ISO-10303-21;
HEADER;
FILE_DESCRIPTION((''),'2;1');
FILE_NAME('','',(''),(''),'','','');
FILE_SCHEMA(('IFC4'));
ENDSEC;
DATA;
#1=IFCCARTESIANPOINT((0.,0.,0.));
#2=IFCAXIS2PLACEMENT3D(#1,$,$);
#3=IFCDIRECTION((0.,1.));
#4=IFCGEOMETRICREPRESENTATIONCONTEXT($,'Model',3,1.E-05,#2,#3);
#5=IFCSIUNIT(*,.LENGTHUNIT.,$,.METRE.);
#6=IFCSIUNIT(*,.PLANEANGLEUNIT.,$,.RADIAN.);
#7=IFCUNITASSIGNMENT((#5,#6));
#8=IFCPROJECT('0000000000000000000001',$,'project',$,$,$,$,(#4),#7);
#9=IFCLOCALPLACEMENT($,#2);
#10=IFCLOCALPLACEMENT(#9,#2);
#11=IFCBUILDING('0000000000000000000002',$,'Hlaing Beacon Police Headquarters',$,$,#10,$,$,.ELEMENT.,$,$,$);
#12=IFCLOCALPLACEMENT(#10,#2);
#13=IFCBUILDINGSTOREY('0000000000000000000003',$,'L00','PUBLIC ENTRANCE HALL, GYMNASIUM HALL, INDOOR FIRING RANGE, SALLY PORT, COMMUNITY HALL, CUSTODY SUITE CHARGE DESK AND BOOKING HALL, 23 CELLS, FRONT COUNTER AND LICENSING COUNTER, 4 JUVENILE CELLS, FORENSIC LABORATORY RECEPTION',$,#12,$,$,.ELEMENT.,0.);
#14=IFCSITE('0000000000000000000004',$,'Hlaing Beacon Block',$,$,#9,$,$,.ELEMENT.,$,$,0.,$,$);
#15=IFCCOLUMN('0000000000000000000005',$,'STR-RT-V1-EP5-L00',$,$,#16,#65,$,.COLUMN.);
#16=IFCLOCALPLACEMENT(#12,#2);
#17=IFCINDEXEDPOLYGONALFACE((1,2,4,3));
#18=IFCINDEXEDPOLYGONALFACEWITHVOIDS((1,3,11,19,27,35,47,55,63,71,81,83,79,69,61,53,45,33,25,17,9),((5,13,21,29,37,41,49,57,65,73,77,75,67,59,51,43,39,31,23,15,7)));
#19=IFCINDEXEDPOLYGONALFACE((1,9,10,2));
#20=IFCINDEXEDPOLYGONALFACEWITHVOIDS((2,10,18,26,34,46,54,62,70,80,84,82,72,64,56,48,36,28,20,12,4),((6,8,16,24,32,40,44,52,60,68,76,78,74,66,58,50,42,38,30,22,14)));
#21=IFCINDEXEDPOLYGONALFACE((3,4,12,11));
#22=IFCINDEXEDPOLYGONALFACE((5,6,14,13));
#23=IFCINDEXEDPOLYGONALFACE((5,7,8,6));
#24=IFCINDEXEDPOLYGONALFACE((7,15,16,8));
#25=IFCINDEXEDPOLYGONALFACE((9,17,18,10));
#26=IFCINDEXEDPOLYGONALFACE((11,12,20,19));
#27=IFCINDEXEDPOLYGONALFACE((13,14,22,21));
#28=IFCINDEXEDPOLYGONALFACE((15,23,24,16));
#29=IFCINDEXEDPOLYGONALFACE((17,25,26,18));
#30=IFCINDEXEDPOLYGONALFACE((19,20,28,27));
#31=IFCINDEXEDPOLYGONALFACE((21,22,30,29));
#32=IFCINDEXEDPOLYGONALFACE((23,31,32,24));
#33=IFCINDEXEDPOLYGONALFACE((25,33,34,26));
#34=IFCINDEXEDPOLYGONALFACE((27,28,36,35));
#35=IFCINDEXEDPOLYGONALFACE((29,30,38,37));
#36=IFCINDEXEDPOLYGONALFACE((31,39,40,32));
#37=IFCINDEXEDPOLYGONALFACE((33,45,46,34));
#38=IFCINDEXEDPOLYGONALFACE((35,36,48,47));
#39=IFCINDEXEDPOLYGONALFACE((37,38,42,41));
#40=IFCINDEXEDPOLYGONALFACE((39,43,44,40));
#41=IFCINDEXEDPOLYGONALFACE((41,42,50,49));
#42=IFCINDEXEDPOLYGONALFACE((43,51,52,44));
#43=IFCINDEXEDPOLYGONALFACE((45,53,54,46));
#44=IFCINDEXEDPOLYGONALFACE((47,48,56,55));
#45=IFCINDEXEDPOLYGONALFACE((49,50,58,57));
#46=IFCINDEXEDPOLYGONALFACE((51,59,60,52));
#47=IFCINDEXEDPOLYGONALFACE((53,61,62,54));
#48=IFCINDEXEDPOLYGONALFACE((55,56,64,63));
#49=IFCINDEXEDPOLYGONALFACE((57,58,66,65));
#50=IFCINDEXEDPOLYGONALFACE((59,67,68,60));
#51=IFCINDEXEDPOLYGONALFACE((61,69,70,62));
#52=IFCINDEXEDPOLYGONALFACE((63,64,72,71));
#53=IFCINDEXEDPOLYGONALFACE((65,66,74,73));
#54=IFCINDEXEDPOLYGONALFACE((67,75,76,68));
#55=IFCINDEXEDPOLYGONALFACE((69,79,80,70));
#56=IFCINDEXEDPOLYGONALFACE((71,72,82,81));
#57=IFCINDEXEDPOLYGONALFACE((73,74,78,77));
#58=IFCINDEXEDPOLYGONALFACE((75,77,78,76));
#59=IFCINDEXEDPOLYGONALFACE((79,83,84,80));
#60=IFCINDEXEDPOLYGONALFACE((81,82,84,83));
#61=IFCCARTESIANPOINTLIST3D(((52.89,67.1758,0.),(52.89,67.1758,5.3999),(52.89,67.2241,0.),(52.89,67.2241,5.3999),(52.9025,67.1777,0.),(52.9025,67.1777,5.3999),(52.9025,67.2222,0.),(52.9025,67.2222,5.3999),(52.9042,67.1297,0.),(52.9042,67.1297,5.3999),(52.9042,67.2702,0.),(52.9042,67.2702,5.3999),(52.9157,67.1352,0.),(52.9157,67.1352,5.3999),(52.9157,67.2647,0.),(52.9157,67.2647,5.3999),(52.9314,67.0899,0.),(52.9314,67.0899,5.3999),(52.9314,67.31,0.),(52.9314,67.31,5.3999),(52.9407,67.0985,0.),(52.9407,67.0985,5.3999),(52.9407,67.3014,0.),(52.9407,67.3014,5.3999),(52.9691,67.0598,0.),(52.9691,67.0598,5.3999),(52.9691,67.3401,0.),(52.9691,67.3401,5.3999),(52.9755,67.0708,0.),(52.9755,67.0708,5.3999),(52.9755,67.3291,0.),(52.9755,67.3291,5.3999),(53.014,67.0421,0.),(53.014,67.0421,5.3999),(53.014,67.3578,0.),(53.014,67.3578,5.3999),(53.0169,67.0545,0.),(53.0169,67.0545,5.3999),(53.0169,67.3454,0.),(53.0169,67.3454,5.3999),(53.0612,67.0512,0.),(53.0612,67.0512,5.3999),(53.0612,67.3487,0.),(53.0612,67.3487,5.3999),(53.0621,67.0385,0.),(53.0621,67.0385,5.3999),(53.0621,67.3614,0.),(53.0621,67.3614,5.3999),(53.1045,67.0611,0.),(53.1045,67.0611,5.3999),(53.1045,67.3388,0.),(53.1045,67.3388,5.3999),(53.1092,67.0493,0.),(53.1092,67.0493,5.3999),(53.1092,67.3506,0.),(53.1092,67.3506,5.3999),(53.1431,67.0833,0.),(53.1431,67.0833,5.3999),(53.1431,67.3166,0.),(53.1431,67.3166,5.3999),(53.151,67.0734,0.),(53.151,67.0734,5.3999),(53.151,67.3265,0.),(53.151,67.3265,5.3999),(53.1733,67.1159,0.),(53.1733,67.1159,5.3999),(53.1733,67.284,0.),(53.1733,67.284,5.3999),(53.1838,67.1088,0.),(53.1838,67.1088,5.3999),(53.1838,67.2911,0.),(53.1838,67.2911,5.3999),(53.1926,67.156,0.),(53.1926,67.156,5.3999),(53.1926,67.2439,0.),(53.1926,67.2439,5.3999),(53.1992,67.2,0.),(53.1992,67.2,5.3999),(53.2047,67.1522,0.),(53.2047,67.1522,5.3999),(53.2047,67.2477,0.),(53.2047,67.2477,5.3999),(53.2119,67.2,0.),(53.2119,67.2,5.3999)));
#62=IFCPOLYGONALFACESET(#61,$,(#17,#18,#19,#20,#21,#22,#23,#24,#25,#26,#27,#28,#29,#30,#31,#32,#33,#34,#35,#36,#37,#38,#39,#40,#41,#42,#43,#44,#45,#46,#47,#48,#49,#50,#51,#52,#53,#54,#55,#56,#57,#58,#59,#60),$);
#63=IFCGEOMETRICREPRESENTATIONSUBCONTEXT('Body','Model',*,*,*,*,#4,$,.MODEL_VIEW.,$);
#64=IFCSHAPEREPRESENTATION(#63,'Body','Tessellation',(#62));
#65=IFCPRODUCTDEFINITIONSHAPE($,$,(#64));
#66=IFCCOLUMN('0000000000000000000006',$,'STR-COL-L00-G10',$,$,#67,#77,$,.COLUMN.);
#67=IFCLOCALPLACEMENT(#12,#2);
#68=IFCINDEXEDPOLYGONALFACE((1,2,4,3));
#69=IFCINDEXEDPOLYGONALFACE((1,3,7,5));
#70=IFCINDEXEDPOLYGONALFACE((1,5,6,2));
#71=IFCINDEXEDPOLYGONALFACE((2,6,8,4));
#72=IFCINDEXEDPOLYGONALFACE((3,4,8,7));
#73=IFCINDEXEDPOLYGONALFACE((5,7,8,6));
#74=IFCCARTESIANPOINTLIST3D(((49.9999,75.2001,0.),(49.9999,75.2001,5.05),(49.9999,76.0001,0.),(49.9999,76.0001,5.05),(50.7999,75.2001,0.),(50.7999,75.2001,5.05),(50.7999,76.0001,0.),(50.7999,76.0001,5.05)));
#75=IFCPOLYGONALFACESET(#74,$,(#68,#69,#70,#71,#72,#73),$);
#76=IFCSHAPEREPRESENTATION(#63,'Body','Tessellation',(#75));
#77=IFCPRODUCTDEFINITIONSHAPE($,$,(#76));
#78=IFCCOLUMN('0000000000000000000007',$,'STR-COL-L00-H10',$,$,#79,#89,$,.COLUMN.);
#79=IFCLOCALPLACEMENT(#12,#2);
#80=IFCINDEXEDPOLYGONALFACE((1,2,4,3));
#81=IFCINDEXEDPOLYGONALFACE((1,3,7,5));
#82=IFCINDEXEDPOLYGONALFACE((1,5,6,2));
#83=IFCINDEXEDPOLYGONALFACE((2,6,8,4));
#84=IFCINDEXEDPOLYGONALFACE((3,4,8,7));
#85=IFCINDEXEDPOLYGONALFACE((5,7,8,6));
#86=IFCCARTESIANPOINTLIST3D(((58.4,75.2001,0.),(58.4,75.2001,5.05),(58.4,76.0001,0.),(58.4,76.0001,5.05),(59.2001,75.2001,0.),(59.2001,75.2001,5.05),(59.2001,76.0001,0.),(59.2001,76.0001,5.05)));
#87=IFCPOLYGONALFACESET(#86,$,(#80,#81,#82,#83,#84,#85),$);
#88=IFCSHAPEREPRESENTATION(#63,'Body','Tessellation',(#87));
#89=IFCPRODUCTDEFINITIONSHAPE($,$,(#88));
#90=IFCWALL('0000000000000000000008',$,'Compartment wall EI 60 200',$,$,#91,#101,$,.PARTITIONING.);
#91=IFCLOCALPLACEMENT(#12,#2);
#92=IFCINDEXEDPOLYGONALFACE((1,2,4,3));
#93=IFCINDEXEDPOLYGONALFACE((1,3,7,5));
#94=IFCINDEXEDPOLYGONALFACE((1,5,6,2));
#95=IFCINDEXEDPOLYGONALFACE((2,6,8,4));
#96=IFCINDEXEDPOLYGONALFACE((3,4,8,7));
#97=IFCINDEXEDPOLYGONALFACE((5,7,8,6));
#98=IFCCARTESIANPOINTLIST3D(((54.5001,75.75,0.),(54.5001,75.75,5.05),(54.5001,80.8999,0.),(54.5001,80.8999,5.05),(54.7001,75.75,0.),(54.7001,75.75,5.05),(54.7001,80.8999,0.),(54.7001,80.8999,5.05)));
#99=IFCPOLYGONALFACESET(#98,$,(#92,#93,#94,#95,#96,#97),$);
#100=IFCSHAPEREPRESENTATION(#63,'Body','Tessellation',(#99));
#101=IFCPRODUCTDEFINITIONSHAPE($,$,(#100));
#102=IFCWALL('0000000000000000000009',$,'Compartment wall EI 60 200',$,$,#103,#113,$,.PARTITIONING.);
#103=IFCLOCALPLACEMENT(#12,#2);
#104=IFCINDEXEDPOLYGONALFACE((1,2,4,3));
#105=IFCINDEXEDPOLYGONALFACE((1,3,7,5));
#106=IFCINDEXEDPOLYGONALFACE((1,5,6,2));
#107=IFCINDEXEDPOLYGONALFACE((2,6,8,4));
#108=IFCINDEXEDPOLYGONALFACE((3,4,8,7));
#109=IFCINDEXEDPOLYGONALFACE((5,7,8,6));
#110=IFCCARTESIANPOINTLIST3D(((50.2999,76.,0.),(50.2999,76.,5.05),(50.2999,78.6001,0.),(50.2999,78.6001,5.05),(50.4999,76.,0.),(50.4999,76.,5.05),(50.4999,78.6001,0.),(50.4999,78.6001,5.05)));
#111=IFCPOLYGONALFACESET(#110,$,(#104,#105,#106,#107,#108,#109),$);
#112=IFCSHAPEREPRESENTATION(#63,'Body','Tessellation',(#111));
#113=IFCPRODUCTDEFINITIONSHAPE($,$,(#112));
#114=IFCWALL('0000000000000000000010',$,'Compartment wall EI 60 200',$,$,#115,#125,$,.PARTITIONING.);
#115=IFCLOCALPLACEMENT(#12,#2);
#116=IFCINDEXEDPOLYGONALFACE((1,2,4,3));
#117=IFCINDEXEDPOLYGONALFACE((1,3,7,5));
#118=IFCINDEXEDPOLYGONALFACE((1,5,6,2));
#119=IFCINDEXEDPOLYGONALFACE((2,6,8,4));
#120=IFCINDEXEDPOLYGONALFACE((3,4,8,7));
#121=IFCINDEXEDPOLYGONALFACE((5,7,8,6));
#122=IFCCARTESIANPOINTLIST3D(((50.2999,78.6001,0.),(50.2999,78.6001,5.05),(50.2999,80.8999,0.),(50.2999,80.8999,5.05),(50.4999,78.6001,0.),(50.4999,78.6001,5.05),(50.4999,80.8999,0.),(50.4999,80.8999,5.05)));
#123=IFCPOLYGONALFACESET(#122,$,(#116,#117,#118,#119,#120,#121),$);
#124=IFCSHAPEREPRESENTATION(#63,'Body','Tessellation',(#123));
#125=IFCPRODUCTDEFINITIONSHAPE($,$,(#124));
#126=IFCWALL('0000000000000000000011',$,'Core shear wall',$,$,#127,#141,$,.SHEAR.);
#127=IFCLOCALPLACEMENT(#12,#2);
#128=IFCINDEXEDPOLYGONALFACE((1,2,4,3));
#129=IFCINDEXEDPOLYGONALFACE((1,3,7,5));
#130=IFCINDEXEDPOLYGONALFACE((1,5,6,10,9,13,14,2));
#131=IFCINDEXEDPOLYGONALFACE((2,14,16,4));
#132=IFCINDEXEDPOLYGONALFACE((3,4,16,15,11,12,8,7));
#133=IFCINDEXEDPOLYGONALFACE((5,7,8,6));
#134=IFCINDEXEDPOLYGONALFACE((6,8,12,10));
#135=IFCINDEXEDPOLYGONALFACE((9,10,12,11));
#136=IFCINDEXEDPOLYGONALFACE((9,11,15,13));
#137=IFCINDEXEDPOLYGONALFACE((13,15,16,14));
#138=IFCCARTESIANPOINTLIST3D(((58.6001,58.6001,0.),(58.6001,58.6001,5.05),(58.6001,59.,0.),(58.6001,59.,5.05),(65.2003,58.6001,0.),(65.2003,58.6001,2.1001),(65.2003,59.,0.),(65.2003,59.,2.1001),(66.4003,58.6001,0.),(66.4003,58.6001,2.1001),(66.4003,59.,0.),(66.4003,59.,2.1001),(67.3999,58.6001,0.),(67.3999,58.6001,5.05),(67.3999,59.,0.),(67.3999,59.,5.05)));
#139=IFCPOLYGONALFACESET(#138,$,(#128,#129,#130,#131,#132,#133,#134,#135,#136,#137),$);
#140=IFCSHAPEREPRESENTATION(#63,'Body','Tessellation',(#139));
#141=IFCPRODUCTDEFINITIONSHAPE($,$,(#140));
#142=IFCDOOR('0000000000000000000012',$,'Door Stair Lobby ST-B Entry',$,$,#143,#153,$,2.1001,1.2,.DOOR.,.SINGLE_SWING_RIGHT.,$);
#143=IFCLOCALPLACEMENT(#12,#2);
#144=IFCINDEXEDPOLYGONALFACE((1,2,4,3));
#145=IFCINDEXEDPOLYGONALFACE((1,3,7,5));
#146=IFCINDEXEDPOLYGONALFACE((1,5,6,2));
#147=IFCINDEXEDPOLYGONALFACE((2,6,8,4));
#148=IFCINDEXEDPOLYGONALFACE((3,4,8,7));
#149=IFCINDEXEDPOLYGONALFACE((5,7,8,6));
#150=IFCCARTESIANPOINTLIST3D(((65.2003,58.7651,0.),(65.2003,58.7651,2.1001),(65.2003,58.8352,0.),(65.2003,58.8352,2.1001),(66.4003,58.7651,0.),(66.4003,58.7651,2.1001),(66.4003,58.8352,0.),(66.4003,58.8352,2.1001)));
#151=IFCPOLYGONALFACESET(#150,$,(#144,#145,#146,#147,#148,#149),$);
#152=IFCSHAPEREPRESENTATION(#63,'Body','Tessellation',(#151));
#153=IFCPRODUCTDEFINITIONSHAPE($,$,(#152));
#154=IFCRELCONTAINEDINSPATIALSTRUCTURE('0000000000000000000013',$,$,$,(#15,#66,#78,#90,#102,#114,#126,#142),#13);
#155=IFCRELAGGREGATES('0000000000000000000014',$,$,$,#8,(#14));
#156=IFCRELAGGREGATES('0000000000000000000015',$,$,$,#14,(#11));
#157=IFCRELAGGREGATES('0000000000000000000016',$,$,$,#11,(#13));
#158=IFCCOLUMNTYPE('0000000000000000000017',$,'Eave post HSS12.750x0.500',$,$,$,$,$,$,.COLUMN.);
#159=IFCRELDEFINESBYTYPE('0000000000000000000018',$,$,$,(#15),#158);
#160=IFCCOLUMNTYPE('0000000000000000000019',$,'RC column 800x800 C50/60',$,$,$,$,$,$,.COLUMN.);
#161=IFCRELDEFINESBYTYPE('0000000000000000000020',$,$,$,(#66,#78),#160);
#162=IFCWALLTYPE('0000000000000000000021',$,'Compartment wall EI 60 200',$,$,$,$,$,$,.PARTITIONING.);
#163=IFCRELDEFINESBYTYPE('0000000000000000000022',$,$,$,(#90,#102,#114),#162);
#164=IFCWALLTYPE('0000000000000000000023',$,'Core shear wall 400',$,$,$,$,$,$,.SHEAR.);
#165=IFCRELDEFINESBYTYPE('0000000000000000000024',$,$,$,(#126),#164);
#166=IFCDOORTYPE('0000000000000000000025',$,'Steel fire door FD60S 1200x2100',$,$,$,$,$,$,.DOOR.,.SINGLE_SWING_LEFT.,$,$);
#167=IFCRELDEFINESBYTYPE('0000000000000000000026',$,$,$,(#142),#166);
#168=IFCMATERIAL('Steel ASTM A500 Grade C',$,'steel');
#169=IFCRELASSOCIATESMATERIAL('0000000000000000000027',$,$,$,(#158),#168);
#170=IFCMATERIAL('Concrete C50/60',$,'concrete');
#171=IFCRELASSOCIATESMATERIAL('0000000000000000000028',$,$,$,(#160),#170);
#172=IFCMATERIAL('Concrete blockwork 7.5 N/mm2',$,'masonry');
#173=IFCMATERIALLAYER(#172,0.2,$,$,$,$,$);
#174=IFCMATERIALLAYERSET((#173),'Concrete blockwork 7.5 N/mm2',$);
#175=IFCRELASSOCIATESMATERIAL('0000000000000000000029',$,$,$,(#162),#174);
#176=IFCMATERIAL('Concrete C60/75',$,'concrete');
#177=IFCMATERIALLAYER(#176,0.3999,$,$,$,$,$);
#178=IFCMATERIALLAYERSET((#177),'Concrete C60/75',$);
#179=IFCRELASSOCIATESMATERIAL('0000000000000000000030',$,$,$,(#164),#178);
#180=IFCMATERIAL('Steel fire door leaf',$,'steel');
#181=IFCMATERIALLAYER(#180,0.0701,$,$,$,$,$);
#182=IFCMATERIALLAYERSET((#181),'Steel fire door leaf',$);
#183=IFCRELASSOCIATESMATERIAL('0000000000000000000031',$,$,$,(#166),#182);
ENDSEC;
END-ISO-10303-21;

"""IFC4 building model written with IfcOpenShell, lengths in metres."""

from ifc_helpers import new_model, si_unit, direction, frame, frame_2d, origin, origin_2d, place, context, subcontext, project, spatial, rectangle, hollow_circle, extrude, material, layer, layer_set, material_profile, profile_set, type_object, element, fill, save


model = new_model("IFC4")

# Units and contexts
model_context = context("Model", 3, precision=1e-05, world=origin(), true_north=direction((0.0, 1.0)))
body_context = subcontext(model_context, "Body", "Model", "MODEL_VIEW")
ifc_project = project(units=[si_unit("LENGTHUNIT", "METRE"), si_unit("PLANEANGLEUNIT", "RADIAN")], contexts=[model_context])

# Site, building, storey
site_placement = place(None, origin())
site = spatial("IfcSite", under=ifc_project, at=site_placement, Name="Hlaing Beacon Block", CompositionType="ELEMENT", RefElevation=0.0)
building_placement = place(site_placement, origin())
building = spatial("IfcBuilding", under=site, at=building_placement, Name="Hlaing Beacon Police Headquarters", CompositionType="ELEMENT")
storey_placement = place(building_placement, origin())
storey = spatial("IfcBuildingStorey", under=building, at=storey_placement, Name="L00", Description="PUBLIC ENTRANCE HALL, GYMNASIUM HALL, INDOOR FIRING RANGE, SALLY PORT, COMMUNITY HALL, CUSTODY SUITE CHARGE DESK AND BOOKING HALL, 23 CELLS, FRONT COUNTER AND LICENSING COUNTER, 4 JUVENILE CELLS, FORENSIC LABORATORY RECEPTION", CompositionType="ELEMENT", Elevation=0.0)

# Columns
ifc_material_1 = material(Name="Steel ASTM A500 Grade C", Category="steel")
ifc_material_profile_1 = material_profile(ifc_material_1, hollow_circle(Radius=0.1619, WallThickness=0.0127, at=origin_2d()), Name="HSS12.750x0.500")
ifc_profile_set_1 = profile_set([ifc_material_profile_1], Name="Steel ASTM A500 Grade C")
column_type_1 = type_object("IfcColumnType", Name="Eave post HSS12.750x0.500", PredefinedType="COLUMN", material=ifc_profile_set_1)
for number, where, z_axis, x_axis, name in (
    (1, (53.05, 67.2, 0.0), (0.0, 0.0, 1.0), (1.0, 0.0, 0.0), "STR-RT-V1-EP5-L00"),
):
    element("IfcColumn", number, at=place(storey_placement, frame(where, z_axis=z_axis, x_axis=x_axis)), inside=storey, type_object=column_type_1, Name=name, PredefinedType="COLUMN", context=body_context, shape_type="SweptSolid", body=[
        extrude(hollow_circle(Radius=0.1619, WallThickness=0.0127, at=origin_2d()), origin(), (0.0, 0.0, 1.0), 5.3999),
    ])
ifc_material_2 = material(Name="Concrete C50/60", Category="concrete")
ifc_material_profile_2 = material_profile(ifc_material_2, rectangle(XDim=0.8, YDim=0.8, at=origin_2d()), Name="800x800")
ifc_profile_set_2 = profile_set([ifc_material_profile_2], Name="Concrete C50/60")
column_type_2 = type_object("IfcColumnType", Name="RC column 800x800 C50/60", PredefinedType="COLUMN", material=ifc_profile_set_2)
for number, where, z_axis, x_axis, name in (
    (2, (50.3999, 75.6001, 0.0), (0.0, 0.0, 1.0), (1.0, 0.0, 0.0), "STR-COL-L00-G10"),
    (3, (58.8, 75.6001, 0.0), (0.0, 0.0, 1.0), (1.0, 0.0, 0.0), "STR-COL-L00-H10"),
):
    element("IfcColumn", number, at=place(storey_placement, frame(where, z_axis=z_axis, x_axis=x_axis)), inside=storey, type_object=column_type_2, Name=name, PredefinedType="COLUMN", context=body_context, shape_type="SweptSolid", body=[
        extrude(rectangle(XDim=0.8, YDim=0.8, at=origin_2d()), origin(), (0.0, 0.0, 1.0), 5.05),
    ])

# Walls
ifc_material_3 = material(Name="Concrete blockwork 7.5 N/mm2", Category="masonry")
ifc_layer_1 = layer(ifc_material_3, 0.2)
ifc_layer_set_1 = layer_set([ifc_layer_1], Name="Concrete blockwork 7.5 N/mm2")
wall_type_1 = type_object("IfcWallType", Name="Compartment wall EI 60 200", PredefinedType="PARTITIONING", material=ifc_layer_set_1)
wall_1_placement = place(storey_placement, frame((54.6001, 75.75, 0.0), z_axis=(0.0, 0.0, 1.0), x_axis=(0.0, 1.0, 0.0)))
element("IfcWall", 4, at=wall_1_placement, inside=storey, type_object=wall_type_1, Name="Compartment wall EI 60 200", PredefinedType="PARTITIONING", context=body_context, shape_type="SweptSolid", body=[
    extrude(rectangle(XDim=5.1499, YDim=0.2, at=frame_2d((2.575, 0.0))), origin(), (0.0, 0.0, 1.0), 5.05),
])
wall_2_placement = place(storey_placement, frame((50.3999, 76.0, 0.0), z_axis=(0.0, 0.0, 1.0), x_axis=(0.0, 1.0, 0.0)))
element("IfcWall", 5, at=wall_2_placement, inside=storey, type_object=wall_type_1, Name="Compartment wall EI 60 200", PredefinedType="PARTITIONING", context=body_context, shape_type="SweptSolid", body=[
    extrude(rectangle(XDim=2.6001, YDim=0.2, at=frame_2d((1.3, 0.0))), origin(), (0.0, 0.0, 1.0), 5.05),
])
wall_3_placement = place(storey_placement, frame((50.3999, 78.6001, 0.0), z_axis=(0.0, 0.0, 1.0), x_axis=(0.0, 1.0, 0.0)))
element("IfcWall", 6, at=wall_3_placement, inside=storey, type_object=wall_type_1, Name="Compartment wall EI 60 200", PredefinedType="PARTITIONING", context=body_context, shape_type="SweptSolid", body=[
    extrude(rectangle(XDim=2.2998, YDim=0.2, at=frame_2d((1.1499, 0.0))), origin(), (0.0, 0.0, 1.0), 5.05),
])

# Wall, opening, door
ifc_material_4 = material(Name="Concrete C60/75", Category="concrete")
ifc_layer_2 = layer(ifc_material_4, 0.3999)
ifc_layer_set_2 = layer_set([ifc_layer_2], Name="Concrete C60/75")
wall_type_2 = type_object("IfcWallType", Name="Core shear wall 400", PredefinedType="SHEAR", material=ifc_layer_set_2)
wall_4_placement = place(storey_placement, frame((58.6001, 58.8, 0.0), z_axis=(0.0, 0.0, 1.0), x_axis=(1.0, 0.0, 0.0)))
wall_4 = element("IfcWall", 7, at=wall_4_placement, inside=storey, type_object=wall_type_2, Name="Core shear wall", PredefinedType="SHEAR", context=body_context, shape_type="SweptSolid", body=[
    extrude(rectangle(XDim=8.7998, YDim=0.3999, at=frame_2d((4.3999, 0.0))), origin(), (0.0, 0.0, 1.0), 5.05),
])
opening_1_placement = place(wall_4_placement, frame((6.6001, 0.0, 0.0)))
opening_1 = element("IfcOpeningElement", 8, at=opening_1_placement, cuts=wall_4, PredefinedType="OPENING", context=body_context, shape_type="SweptSolid", body=[
    extrude(rectangle(XDim=1.2, YDim=2.1001, at=frame_2d((0.6001, 1.05))), frame((0.0, 0.21, 0.0), z_axis=(0.0, -1.0, 0.0), x_axis=(1.0, 0.0, 0.0)), (0.0, 0.0, 1.0), 0.4199),
])
ifc_material_5 = material(Name="Steel fire door leaf", Category="steel")
ifc_layer_3 = layer(ifc_material_5, 0.0701)
ifc_layer_set_3 = layer_set([ifc_layer_3], Name="Steel fire door leaf")
door_type_1 = type_object("IfcDoorType", Name="Steel fire door FD60S 1200x2100", OperationType="SINGLE_SWING_LEFT", PredefinedType="DOOR", material=ifc_layer_set_3)
door_1_placement = place(opening_1_placement, origin())
door_1 = element("IfcDoor", 9, at=door_1_placement, inside=storey, type_object=door_type_1, Name="Door Stair Lobby ST-B Entry", OperationType="SINGLE_SWING_RIGHT", OverallHeight=2.1001, OverallWidth=1.2, PredefinedType="DOOR", context=body_context, shape_type="SweptSolid", body=[
    extrude(rectangle(XDim=1.2, YDim=2.1001, at=frame_2d((0.6001, 1.05))), frame((0.0, 0.0352, 0.0), z_axis=(0.0, -1.0, 0.0), x_axis=(1.0, 0.0, 0.0)), (0.0, 0.0, 1.0), 0.0701),
])
fill(opening_1, door_1)

save(model, "model.ifc")
